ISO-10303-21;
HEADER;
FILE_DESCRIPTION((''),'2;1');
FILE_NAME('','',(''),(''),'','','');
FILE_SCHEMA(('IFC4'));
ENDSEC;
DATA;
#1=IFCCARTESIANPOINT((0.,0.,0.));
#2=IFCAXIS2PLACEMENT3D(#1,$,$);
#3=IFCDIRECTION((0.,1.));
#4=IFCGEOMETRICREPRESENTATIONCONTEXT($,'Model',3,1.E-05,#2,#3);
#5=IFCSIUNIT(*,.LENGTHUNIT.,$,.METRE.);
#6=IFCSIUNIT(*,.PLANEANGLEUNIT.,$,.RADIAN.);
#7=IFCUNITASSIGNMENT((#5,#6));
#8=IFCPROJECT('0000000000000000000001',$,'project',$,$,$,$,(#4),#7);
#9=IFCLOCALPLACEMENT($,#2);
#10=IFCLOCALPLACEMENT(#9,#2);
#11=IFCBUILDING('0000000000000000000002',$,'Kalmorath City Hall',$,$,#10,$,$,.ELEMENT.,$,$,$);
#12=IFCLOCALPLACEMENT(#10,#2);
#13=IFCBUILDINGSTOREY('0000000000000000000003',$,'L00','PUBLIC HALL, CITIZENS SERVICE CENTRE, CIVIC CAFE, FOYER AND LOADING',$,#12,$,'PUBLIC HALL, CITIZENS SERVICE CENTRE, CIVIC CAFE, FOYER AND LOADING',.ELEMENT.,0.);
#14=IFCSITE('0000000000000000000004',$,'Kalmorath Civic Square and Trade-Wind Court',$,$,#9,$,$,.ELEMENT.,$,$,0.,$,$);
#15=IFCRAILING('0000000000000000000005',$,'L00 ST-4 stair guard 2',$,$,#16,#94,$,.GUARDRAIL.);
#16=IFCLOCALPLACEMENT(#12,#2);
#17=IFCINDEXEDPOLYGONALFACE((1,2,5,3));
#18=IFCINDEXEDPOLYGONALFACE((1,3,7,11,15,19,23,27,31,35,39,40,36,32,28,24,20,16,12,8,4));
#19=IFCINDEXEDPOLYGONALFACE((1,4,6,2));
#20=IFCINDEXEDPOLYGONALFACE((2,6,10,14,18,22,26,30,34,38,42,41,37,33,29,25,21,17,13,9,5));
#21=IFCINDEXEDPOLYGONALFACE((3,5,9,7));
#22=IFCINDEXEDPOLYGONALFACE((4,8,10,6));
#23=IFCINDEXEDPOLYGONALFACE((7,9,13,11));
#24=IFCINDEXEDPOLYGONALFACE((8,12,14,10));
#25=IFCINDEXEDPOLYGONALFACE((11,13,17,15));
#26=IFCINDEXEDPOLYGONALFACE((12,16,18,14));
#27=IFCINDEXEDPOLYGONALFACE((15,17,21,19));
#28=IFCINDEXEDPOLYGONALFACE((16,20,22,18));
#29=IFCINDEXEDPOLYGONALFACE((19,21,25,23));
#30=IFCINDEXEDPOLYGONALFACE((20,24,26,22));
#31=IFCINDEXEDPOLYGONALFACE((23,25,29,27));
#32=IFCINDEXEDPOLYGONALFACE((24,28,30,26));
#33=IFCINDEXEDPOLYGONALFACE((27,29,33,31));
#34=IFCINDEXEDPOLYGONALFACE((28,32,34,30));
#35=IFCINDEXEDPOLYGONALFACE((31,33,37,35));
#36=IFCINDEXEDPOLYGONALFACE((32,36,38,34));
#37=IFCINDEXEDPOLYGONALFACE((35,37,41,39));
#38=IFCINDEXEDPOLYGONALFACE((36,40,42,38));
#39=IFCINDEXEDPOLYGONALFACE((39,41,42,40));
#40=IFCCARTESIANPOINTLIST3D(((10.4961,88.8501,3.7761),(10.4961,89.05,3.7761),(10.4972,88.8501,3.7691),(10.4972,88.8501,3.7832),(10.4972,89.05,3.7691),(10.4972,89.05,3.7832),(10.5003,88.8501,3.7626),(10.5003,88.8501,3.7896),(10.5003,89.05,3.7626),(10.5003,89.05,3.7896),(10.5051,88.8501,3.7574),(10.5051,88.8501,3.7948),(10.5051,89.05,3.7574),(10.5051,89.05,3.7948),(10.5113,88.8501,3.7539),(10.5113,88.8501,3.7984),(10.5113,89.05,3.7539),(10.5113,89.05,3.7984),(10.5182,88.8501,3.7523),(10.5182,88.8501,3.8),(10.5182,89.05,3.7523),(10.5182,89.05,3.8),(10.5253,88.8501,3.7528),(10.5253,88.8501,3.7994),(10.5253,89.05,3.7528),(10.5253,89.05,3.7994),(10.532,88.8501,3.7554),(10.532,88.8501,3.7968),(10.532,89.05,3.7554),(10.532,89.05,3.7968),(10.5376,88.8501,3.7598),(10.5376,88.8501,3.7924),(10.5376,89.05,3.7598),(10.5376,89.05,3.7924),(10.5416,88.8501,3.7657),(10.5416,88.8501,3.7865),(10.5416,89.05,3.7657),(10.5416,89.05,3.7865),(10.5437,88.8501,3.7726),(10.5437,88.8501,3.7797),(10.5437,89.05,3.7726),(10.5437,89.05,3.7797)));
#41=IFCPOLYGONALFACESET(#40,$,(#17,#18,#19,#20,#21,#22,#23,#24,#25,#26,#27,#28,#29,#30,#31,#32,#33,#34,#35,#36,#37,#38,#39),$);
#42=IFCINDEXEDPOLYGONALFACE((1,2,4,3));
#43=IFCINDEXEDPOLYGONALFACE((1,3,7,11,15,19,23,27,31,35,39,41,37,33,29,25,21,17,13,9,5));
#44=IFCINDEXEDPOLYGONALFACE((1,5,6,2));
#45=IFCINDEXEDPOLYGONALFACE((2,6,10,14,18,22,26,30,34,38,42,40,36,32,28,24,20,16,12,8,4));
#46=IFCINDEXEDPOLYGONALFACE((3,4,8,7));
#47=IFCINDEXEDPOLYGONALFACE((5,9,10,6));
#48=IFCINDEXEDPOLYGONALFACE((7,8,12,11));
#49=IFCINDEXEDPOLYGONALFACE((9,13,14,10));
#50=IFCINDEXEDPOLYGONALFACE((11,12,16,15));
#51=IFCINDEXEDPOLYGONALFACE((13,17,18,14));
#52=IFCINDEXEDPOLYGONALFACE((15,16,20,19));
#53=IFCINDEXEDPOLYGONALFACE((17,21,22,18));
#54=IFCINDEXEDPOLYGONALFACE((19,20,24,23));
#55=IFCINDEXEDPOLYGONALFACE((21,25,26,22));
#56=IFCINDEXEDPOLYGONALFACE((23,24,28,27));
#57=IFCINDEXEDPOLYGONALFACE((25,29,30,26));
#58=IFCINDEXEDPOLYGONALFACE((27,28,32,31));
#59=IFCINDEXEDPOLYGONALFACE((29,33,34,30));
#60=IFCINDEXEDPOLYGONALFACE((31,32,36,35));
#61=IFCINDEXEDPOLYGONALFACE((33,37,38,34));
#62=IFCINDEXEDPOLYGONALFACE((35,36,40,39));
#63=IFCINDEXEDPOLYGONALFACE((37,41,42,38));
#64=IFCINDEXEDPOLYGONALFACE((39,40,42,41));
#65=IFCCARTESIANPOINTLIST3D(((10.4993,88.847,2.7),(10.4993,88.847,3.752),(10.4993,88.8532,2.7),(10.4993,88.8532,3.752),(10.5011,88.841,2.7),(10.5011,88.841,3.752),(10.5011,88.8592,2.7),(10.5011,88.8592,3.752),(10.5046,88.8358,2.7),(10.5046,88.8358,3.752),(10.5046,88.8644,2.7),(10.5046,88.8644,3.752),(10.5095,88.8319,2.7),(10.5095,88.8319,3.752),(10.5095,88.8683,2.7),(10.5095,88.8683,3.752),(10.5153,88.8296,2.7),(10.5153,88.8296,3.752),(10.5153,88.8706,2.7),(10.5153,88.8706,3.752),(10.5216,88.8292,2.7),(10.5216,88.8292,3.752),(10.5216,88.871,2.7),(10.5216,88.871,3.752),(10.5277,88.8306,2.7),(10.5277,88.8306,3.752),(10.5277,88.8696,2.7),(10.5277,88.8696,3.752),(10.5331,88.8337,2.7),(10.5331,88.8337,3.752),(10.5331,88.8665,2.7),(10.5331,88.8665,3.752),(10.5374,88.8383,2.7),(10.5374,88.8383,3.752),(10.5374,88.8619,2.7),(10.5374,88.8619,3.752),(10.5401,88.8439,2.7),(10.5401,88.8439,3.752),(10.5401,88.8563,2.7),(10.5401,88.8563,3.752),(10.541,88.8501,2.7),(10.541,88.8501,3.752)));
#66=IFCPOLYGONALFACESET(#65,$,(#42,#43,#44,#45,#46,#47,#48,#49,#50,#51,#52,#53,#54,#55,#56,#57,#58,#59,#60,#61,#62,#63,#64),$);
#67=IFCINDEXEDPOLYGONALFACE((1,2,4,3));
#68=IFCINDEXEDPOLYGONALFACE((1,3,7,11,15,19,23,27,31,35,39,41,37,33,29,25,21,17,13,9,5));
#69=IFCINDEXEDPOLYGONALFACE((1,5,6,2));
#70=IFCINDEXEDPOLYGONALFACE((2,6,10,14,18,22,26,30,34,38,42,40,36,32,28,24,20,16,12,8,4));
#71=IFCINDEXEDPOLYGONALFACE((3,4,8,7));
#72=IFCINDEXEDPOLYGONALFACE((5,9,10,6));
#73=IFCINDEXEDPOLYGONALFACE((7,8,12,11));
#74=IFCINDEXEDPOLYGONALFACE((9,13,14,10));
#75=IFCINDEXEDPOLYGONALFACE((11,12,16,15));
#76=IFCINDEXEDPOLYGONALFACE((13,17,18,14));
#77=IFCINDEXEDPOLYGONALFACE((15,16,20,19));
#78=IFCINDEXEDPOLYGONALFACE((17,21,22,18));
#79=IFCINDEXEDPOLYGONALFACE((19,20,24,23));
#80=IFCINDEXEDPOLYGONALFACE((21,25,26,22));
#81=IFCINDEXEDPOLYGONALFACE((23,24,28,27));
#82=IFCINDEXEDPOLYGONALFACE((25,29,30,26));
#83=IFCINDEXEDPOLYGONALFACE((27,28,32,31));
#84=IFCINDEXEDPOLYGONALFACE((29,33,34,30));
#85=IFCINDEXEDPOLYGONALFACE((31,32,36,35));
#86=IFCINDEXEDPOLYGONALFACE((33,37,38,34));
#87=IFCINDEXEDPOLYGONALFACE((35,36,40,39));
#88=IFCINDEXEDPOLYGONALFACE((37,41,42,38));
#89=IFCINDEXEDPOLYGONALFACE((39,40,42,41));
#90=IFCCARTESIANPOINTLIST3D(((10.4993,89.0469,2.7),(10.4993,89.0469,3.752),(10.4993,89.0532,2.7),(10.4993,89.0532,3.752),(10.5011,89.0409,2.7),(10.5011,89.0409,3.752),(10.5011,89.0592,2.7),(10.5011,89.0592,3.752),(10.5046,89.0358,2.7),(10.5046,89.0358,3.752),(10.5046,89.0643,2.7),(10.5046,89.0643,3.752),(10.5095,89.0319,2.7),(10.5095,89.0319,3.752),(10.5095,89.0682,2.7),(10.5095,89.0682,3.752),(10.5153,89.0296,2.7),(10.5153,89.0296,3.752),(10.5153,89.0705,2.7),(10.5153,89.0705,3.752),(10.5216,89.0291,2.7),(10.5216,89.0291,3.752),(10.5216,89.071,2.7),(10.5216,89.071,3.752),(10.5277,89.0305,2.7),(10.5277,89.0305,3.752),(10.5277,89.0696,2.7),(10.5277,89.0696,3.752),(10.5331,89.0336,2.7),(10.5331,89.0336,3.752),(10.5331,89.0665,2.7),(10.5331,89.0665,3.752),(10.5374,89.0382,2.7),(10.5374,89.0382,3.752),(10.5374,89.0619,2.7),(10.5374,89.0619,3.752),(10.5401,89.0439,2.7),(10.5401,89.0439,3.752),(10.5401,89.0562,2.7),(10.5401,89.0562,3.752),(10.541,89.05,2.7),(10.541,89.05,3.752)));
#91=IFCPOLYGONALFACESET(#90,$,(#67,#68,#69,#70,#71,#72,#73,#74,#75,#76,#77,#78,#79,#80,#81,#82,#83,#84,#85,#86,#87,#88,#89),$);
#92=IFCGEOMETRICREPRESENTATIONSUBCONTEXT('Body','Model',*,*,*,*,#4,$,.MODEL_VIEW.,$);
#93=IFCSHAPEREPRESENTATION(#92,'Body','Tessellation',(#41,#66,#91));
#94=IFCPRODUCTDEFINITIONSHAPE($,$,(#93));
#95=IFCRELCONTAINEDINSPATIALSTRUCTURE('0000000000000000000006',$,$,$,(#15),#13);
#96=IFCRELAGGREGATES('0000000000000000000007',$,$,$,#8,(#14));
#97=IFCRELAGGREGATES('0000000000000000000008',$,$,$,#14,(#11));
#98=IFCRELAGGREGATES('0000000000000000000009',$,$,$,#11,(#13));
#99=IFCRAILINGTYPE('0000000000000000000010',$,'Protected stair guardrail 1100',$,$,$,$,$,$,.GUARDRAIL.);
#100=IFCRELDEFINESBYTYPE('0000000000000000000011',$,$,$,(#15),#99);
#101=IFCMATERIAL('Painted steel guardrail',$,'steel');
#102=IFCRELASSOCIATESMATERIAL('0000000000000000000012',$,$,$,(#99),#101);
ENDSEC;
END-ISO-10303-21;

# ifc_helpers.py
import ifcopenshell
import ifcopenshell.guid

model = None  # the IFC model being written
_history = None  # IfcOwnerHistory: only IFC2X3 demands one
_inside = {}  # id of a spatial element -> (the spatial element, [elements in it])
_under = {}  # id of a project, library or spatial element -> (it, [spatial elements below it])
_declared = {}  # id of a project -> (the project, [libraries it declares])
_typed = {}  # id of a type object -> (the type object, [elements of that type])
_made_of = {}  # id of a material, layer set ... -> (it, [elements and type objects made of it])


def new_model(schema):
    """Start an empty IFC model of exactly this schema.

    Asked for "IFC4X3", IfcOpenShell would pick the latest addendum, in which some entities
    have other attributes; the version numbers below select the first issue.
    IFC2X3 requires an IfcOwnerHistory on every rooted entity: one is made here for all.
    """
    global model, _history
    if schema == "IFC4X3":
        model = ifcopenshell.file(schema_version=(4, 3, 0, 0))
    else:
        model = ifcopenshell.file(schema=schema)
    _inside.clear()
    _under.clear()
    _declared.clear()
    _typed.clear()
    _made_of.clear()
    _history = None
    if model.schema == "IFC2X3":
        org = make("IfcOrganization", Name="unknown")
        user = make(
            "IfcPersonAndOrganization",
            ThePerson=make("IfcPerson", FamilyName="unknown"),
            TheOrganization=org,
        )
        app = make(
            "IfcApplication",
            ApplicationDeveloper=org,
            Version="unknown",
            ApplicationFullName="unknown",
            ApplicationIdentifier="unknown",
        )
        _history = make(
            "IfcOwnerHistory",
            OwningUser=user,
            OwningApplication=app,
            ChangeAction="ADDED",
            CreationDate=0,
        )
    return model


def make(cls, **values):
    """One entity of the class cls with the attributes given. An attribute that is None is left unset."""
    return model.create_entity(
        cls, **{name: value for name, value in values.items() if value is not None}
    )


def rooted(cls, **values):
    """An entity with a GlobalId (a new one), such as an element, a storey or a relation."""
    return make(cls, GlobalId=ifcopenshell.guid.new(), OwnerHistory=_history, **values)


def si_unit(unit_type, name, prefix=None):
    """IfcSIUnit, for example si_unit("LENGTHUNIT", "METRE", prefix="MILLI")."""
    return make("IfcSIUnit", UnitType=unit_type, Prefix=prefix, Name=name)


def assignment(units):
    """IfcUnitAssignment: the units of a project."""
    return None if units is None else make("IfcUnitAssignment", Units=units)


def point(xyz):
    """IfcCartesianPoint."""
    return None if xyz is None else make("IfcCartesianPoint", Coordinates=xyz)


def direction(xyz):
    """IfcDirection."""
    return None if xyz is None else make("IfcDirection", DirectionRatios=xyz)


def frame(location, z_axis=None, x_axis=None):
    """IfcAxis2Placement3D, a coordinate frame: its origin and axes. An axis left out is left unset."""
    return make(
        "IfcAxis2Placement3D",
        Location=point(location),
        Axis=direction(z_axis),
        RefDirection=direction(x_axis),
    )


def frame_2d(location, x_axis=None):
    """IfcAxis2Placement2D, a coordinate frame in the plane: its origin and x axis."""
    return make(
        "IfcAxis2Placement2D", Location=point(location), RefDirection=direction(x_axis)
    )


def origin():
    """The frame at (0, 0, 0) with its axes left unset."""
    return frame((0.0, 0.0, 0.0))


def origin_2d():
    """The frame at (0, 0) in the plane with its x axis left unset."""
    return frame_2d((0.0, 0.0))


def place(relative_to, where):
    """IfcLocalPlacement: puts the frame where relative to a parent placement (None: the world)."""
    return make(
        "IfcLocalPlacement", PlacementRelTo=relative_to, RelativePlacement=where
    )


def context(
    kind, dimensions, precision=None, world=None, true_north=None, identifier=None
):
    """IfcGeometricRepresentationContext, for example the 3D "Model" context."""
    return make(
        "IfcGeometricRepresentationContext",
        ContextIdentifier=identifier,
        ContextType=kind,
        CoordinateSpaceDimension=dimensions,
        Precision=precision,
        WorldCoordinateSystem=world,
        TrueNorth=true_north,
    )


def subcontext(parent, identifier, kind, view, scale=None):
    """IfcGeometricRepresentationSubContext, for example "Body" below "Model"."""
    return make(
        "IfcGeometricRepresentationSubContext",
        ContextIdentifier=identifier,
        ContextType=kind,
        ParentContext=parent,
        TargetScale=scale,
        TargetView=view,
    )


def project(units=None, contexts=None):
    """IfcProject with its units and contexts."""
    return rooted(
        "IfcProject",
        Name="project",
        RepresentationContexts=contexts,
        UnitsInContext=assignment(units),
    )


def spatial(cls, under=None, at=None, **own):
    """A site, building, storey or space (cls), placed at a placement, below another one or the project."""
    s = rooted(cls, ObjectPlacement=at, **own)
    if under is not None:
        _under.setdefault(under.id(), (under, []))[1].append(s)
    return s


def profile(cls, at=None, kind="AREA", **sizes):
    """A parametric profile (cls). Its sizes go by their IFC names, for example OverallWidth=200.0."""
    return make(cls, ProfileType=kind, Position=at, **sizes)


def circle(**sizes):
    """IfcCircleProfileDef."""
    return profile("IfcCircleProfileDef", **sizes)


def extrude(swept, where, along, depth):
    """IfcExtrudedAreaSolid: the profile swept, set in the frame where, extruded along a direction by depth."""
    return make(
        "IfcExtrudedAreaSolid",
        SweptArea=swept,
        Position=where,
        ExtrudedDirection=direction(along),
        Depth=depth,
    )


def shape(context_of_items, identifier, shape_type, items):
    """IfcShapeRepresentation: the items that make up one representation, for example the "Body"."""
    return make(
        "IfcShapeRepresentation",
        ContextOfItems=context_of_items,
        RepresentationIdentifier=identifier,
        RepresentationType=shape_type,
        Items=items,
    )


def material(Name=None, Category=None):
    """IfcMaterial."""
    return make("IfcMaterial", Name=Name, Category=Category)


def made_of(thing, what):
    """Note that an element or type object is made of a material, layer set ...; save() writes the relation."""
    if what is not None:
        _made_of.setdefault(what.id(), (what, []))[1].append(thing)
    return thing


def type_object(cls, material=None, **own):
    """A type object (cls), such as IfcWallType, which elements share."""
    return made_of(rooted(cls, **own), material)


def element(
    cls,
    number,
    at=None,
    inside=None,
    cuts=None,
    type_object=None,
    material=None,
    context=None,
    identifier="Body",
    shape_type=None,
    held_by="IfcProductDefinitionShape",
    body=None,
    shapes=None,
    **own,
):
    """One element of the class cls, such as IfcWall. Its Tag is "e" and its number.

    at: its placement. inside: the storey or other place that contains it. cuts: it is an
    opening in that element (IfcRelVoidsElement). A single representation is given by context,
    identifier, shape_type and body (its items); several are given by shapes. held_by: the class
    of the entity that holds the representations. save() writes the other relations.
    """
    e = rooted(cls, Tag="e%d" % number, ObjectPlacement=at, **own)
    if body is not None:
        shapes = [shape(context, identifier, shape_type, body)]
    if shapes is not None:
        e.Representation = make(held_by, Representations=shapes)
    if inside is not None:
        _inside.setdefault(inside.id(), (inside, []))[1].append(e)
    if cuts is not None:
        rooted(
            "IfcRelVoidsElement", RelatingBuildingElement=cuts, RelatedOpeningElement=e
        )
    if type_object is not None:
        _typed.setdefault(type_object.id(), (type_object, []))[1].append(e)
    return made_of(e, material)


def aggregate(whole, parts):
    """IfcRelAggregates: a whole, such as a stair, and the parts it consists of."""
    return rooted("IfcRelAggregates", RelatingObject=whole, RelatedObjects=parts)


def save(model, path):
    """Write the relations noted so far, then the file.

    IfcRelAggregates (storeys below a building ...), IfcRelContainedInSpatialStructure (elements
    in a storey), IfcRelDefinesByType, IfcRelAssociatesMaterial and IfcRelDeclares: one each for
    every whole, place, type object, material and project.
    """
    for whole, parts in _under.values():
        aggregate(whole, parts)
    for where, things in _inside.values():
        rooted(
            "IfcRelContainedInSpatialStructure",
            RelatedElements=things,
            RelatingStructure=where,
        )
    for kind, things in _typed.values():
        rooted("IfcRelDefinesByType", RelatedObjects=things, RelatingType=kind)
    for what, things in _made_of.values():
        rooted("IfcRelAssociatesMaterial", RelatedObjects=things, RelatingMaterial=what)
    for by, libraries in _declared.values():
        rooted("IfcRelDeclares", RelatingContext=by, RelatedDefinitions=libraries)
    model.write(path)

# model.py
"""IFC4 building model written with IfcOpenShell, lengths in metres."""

from ifc_helpers import new_model, si_unit, direction, frame, origin, origin_2d, place, context, subcontext, project, spatial, circle, extrude, material, type_object, element, save


model = new_model("IFC4")

# Units and contexts
model_context = context("Model", 3, precision=1e-05, world=origin(), true_north=direction((0.0, 1.0)))
body_context = subcontext(model_context, "Body", "Model", "MODEL_VIEW")
ifc_project = project(units=[si_unit("LENGTHUNIT", "METRE"), si_unit("PLANEANGLEUNIT", "RADIAN")], contexts=[model_context])

# Site, building, storey
site_placement = place(None, origin())
site = spatial("IfcSite", under=ifc_project, at=site_placement, Name="Kalmorath Civic Square and Trade-Wind Court", CompositionType="ELEMENT", RefElevation=0.0)
building_placement = place(site_placement, origin())
building = spatial("IfcBuilding", under=site, at=building_placement, Name="Kalmorath City Hall", CompositionType="ELEMENT")
storey_placement = place(building_placement, origin())
storey = spatial("IfcBuildingStorey", under=building, at=storey_placement, Name="L00", Description="PUBLIC HALL, CITIZENS SERVICE CENTRE, CIVIC CAFE, FOYER AND LOADING", LongName="PUBLIC HALL, CITIZENS SERVICE CENTRE, CIVIC CAFE, FOYER AND LOADING", CompositionType="ELEMENT", Elevation=0.0)

# Railing
ifc_material_1 = material(Name="Painted steel guardrail", Category="steel")
railing_type_1 = type_object("IfcRailingType", Name="Protected stair guardrail 1100", PredefinedType="GUARDRAIL", material=ifc_material_1)
railing_1_placement = place(storey_placement, frame((10.52, 88.8501, 2.7)))
element("IfcRailing", 1, at=railing_1_placement, inside=storey, type_object=railing_type_1, Name="L00 ST-4 stair guard 2", PredefinedType="GUARDRAIL", context=body_context, shape_type="SweptSolid", body=[
    extrude(circle(Radius=0.0239, at=origin_2d()), frame((0.0, 0.0, 1.0762), z_axis=(0.0, 1.0, 0.0), x_axis=(-1.0, 0.0, 0.0)), (0.0, 0.0, 1.0), 0.2),
    extrude(circle(Radius=0.021, at=origin_2d()), origin(), (0.0, 0.0, 1.0), 1.052),
    extrude(circle(Radius=0.021, at=origin_2d()), frame((0.0, 0.2, 0.0)), (0.0, 0.0, 1.0), 1.052),
])

save(model, "model.ifc")
